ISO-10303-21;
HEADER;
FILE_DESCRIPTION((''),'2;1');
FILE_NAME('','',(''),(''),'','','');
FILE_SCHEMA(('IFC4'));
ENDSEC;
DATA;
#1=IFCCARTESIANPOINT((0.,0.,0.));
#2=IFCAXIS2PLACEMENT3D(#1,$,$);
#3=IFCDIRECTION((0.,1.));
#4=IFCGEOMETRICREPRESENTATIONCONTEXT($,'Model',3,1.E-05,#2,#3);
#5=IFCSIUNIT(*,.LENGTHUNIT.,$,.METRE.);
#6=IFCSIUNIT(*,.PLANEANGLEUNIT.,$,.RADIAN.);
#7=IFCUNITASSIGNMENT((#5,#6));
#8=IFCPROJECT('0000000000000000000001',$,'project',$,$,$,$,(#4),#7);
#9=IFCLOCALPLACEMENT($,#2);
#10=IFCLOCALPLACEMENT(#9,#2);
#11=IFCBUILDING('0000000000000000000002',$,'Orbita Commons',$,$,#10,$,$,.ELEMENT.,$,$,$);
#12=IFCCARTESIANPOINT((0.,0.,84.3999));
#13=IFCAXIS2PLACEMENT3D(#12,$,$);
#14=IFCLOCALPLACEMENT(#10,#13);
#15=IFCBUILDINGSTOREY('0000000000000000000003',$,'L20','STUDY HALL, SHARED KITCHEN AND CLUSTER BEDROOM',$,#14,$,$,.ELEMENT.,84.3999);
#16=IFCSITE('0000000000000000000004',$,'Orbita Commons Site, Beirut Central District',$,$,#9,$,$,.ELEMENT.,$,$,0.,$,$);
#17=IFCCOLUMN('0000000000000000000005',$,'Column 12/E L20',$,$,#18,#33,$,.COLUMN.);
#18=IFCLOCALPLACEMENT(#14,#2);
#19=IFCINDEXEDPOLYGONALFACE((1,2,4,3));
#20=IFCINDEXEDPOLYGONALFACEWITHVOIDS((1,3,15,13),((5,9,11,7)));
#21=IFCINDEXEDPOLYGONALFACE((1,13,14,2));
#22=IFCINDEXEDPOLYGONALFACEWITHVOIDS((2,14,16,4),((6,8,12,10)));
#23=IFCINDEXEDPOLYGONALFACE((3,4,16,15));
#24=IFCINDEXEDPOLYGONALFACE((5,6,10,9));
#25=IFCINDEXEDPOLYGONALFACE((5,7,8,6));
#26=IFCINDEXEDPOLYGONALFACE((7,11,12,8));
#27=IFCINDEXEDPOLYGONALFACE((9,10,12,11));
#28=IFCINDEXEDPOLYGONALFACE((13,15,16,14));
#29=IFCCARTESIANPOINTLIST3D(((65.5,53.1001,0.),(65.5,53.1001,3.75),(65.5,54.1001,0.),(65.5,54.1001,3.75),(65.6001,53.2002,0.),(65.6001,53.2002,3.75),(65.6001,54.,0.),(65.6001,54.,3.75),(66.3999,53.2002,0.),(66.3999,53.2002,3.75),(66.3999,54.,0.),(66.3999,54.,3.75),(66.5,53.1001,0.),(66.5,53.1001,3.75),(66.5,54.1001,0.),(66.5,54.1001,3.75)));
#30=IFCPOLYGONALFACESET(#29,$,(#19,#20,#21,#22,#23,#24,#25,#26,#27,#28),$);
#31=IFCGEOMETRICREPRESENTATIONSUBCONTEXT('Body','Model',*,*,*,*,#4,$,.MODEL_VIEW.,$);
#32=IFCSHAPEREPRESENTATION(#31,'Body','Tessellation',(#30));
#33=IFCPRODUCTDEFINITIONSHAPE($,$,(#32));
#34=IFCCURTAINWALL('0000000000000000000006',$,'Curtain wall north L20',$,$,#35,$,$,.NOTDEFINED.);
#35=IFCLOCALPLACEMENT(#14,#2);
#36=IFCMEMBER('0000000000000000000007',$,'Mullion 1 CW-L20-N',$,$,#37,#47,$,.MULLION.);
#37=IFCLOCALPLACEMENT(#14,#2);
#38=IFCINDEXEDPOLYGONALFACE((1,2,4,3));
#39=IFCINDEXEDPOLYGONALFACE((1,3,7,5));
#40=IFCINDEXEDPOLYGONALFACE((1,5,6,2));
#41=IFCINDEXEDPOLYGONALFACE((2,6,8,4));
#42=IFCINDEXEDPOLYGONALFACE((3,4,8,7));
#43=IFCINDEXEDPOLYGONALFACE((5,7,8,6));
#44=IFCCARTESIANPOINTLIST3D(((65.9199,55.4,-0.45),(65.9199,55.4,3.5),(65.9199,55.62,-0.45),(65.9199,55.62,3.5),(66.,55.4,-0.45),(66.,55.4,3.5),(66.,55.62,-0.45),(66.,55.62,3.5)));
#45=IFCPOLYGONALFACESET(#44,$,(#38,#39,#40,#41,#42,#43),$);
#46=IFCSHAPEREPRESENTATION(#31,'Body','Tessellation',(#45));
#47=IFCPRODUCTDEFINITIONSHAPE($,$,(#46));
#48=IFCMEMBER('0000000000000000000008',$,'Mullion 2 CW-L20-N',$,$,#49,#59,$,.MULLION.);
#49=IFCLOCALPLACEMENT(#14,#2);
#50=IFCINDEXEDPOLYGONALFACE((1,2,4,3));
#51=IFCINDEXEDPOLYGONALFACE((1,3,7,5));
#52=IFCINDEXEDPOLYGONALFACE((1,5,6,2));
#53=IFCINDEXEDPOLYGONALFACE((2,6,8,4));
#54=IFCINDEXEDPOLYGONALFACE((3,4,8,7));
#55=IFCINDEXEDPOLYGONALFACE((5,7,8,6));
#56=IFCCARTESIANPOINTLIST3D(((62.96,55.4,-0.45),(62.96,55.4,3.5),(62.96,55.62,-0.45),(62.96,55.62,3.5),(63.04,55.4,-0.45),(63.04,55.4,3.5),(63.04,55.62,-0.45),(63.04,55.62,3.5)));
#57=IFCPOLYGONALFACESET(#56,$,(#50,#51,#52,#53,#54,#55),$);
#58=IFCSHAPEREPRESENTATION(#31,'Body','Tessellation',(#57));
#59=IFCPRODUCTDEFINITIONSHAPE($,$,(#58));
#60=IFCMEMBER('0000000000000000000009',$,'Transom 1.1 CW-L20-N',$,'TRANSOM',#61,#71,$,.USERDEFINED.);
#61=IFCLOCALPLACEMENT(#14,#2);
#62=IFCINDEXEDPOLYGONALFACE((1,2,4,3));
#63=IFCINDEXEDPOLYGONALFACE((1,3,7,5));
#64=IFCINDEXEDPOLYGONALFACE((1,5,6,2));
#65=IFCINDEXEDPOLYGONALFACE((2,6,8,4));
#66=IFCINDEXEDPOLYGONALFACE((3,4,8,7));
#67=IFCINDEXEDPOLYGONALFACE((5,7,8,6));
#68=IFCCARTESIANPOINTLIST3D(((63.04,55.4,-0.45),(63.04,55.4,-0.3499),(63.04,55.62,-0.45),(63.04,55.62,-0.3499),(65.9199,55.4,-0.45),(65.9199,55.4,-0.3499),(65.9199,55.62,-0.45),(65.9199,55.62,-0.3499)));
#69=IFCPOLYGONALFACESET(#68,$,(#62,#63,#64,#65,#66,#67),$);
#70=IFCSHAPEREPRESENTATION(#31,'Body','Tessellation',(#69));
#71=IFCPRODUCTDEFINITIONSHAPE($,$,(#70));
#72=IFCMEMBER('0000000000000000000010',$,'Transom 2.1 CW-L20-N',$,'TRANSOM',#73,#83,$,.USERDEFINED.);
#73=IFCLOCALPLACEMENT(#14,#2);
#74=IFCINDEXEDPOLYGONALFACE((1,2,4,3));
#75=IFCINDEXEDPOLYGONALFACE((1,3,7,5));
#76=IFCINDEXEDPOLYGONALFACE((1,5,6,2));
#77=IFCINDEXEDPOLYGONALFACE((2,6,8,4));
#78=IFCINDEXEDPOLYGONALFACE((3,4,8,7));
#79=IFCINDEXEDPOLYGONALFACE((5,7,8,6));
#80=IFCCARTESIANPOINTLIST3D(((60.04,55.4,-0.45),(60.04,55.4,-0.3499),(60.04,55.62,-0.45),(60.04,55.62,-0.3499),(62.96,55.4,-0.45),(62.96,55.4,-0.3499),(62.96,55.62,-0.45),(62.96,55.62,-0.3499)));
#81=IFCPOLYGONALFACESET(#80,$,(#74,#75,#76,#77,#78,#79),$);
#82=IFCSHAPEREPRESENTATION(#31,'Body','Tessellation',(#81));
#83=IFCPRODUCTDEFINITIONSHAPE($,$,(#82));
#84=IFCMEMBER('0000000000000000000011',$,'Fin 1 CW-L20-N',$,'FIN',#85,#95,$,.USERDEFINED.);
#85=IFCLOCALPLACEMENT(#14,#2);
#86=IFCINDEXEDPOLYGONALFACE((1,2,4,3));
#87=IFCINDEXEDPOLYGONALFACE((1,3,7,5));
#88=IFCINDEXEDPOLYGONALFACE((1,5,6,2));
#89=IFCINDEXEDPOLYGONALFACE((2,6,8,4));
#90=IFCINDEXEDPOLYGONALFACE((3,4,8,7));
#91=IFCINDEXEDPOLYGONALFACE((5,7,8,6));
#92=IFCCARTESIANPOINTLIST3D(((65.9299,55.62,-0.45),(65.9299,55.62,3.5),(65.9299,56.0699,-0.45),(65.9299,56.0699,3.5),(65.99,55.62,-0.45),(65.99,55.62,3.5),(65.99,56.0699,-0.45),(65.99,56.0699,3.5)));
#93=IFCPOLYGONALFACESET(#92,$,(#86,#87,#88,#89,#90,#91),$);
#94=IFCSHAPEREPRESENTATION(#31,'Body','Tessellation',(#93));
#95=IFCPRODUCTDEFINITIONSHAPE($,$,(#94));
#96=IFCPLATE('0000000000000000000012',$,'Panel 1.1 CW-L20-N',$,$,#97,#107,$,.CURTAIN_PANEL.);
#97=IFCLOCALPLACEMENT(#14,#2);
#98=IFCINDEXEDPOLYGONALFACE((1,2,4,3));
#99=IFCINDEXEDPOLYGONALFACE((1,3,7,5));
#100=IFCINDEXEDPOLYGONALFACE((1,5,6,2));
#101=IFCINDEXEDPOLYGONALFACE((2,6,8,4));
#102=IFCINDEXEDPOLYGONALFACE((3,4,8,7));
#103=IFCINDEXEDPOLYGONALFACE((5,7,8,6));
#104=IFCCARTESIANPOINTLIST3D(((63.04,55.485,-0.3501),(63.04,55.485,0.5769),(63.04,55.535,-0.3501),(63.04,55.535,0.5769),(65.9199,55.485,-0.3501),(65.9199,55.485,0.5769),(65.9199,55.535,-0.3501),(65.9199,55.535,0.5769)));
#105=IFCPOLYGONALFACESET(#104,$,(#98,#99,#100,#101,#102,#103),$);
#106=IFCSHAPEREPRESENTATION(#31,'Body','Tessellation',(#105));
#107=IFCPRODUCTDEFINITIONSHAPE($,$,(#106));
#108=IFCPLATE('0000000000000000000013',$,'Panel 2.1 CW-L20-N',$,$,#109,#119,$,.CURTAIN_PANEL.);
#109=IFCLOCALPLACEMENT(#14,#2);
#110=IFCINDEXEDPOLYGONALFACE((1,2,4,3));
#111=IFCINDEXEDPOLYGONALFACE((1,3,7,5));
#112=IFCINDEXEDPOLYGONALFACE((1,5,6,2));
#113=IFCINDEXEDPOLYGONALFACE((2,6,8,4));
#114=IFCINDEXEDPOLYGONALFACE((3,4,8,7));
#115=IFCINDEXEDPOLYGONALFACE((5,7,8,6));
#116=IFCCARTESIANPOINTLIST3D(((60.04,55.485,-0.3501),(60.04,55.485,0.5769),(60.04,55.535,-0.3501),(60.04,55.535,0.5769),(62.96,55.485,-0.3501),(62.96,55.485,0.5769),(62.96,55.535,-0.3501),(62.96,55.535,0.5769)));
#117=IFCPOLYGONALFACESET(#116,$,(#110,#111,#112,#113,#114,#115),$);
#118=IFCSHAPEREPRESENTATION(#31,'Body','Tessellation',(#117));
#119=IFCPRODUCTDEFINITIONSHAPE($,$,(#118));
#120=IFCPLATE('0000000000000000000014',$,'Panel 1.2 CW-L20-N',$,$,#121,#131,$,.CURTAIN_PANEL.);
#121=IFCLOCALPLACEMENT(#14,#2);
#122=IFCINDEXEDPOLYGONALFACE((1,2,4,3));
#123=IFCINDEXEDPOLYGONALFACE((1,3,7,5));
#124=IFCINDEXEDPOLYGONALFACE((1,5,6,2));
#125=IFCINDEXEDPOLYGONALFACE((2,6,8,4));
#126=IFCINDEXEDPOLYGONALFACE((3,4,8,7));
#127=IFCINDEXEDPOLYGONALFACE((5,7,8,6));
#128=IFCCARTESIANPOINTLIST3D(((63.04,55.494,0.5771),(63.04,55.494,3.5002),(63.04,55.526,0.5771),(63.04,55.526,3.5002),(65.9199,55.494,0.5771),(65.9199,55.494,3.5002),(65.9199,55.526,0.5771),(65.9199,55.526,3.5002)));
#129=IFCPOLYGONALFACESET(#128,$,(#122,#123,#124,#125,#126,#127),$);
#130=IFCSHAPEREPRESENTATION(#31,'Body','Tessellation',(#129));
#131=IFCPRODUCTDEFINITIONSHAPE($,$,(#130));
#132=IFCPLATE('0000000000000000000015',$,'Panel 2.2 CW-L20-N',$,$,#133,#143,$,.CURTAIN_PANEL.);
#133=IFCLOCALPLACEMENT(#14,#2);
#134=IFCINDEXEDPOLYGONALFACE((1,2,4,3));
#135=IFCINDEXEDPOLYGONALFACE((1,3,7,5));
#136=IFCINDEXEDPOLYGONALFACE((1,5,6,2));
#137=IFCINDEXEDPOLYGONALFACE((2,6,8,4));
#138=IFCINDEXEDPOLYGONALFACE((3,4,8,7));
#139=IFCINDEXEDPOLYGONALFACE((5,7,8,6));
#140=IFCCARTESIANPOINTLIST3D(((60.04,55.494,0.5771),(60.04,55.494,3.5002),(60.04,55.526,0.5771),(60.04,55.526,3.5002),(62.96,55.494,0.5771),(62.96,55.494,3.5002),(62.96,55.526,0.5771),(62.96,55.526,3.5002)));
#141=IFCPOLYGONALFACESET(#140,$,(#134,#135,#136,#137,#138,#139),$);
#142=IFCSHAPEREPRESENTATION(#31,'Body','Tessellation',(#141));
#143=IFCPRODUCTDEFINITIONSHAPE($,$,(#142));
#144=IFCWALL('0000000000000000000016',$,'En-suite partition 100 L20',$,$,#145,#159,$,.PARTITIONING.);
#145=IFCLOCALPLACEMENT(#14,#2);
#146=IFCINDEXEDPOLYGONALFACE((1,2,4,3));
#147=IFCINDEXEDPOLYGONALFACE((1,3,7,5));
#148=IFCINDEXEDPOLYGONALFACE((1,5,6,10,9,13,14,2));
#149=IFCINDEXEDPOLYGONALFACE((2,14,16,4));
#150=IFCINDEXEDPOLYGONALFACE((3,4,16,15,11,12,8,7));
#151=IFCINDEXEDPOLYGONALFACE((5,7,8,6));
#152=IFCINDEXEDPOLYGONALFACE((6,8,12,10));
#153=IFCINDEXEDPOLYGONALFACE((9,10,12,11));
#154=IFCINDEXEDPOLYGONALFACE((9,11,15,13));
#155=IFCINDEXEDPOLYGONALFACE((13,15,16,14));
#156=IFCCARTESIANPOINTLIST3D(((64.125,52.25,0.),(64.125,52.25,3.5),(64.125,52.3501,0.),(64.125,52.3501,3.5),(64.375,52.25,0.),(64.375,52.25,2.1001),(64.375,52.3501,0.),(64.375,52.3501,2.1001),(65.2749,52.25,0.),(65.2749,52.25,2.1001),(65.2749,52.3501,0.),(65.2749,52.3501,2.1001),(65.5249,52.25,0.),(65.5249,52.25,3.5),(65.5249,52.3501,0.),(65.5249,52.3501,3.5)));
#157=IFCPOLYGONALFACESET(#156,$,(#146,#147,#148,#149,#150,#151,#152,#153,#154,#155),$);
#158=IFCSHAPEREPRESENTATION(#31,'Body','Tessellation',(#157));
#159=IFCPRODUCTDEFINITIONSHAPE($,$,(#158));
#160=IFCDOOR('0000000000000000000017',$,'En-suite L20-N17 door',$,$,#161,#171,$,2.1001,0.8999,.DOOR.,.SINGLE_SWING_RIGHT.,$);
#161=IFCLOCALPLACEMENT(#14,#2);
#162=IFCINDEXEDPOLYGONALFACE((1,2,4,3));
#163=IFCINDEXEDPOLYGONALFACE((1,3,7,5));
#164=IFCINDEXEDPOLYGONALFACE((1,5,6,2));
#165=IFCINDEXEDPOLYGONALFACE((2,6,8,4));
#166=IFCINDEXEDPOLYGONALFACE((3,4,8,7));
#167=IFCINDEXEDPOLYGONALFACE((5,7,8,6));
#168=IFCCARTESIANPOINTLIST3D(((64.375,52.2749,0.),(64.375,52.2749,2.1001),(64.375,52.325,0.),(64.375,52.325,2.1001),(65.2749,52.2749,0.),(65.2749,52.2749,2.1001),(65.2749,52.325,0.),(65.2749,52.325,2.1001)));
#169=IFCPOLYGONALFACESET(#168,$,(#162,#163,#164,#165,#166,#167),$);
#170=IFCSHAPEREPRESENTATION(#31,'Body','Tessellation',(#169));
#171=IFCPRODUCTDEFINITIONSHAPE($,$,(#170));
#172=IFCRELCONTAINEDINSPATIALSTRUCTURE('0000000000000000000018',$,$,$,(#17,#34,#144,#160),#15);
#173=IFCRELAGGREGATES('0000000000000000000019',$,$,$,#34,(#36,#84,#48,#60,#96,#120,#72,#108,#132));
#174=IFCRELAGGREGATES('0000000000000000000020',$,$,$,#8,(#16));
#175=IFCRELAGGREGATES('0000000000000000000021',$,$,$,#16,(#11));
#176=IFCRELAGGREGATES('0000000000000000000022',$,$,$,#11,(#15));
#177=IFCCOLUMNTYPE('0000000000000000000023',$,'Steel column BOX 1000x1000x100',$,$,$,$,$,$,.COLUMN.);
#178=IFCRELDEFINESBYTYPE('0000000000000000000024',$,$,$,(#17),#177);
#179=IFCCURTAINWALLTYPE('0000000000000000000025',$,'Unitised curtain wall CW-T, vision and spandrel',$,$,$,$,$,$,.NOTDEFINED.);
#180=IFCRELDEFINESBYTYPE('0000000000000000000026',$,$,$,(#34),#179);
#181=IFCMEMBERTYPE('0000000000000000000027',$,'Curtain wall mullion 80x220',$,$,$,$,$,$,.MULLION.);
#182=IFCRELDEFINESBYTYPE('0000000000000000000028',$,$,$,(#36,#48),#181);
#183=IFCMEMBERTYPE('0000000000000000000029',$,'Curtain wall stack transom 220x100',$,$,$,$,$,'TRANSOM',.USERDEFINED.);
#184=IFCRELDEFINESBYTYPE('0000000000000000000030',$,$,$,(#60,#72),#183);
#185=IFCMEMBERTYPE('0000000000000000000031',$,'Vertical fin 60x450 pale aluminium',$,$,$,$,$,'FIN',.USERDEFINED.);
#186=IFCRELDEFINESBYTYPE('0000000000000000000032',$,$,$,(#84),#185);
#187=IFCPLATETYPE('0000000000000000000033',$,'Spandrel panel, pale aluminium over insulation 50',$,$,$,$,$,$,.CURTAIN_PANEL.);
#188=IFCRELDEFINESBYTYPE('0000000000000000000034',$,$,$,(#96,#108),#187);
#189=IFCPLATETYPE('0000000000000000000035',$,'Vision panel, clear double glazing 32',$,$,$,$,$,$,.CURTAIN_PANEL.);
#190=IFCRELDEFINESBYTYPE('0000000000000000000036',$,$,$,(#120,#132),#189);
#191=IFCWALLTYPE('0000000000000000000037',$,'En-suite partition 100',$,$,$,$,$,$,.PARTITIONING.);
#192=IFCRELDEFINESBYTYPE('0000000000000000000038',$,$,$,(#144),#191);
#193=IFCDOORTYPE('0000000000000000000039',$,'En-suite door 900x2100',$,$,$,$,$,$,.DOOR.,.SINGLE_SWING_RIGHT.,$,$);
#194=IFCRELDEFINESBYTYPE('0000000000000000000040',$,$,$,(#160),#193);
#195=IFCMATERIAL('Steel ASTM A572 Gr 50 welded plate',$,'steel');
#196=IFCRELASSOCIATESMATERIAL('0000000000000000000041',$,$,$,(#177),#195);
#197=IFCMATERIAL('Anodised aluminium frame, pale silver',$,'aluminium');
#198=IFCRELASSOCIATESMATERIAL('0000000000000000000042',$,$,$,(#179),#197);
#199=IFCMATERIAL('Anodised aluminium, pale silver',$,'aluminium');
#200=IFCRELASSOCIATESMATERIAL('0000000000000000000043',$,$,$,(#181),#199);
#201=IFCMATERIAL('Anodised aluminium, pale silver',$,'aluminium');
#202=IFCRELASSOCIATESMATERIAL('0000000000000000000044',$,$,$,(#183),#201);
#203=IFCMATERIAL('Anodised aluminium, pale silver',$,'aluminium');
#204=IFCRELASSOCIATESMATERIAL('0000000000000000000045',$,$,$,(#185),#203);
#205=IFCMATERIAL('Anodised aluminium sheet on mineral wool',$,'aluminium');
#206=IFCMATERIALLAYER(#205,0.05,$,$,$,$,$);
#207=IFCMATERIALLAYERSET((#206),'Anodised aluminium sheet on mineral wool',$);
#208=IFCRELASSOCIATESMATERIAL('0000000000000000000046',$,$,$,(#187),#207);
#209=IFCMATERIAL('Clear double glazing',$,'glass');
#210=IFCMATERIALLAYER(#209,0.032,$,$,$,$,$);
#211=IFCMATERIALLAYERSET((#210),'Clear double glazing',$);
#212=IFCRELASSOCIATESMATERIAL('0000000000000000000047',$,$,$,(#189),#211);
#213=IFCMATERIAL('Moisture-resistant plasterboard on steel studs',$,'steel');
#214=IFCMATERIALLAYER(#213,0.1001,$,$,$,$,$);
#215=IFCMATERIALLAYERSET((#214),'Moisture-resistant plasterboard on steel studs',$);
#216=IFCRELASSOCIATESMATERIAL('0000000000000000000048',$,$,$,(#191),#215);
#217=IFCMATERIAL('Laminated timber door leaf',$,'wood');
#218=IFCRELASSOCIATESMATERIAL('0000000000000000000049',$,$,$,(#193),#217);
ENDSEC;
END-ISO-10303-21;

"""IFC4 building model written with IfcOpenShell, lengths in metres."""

from ifc_helpers import new_model, si_unit, direction, frame, frame_2d, origin, origin_2d, place, context, subcontext, project, spatial, rectangle, hollow_rectangle, extrude, material, layer, layer_set, material_profile, profile_set, type_object, element, fill, aggregate, save


model = new_model("IFC4")

# Units and contexts
model_context = context("Model", 3, precision=1e-05, world=origin(), true_north=direction((0.0, 1.0)))
body_context = subcontext(model_context, "Body", "Model", "MODEL_VIEW")
ifc_project = project(units=[si_unit("LENGTHUNIT", "METRE"), si_unit("PLANEANGLEUNIT", "RADIAN")], contexts=[model_context])

# Site, building, storey
site_placement = place(None, origin())
site = spatial("IfcSite", under=ifc_project, at=site_placement, Name="Orbita Commons Site, Beirut Central District", CompositionType="ELEMENT", RefElevation=0.0)
building_placement = place(site_placement, origin())
building = spatial("IfcBuilding", under=site, at=building_placement, Name="Orbita Commons", CompositionType="ELEMENT")
storey_placement = place(building_placement, frame((0.0, 0.0, 84.3999)))
storey = spatial("IfcBuildingStorey", under=building, at=storey_placement, Name="L20", Description="STUDY HALL, SHARED KITCHEN AND CLUSTER BEDROOM", CompositionType="ELEMENT", Elevation=84.3999)

# Column
ifc_material_1 = material(Name="Steel ASTM A572 Gr 50 welded plate", Category="steel")
ifc_material_profile_1 = material_profile(ifc_material_1, hollow_rectangle(XDim=1.0, YDim=1.0, WallThickness=0.1001, at=origin_2d()), Name="BOX 1000x1000x100")
ifc_profile_set_1 = profile_set([ifc_material_profile_1], Name="Steel ASTM A572 Gr 50 welded plate")
column_type = type_object("IfcColumnType", Name="Steel column BOX 1000x1000x100", PredefinedType="COLUMN", material=ifc_profile_set_1)
column_placement = place(storey_placement, frame((66.0, 53.6001, 0.0), z_axis=(0.0, 0.0, 1.0), x_axis=(1.0, 0.0, 0.0)))
element("IfcColumn", 1, at=column_placement, inside=storey, type_object=column_type, Name="Column 12/E L20", PredefinedType="COLUMN", context=body_context, shape_type="SweptSolid", body=[
    extrude(hollow_rectangle(XDim=1.0, YDim=1.0, WallThickness=0.1001, at=origin_2d()), origin(), (0.0, 0.0, 1.0), 3.75),
])

# Curtain wall, members, plates
ifc_material_2 = material(Name="Anodised aluminium frame, pale silver", Category="aluminium")
curtain_wall_type = type_object("IfcCurtainWallType", Name="Unitised curtain wall CW-T, vision and spandrel", PredefinedType="NOTDEFINED", material=ifc_material_2)
curtain_wall_placement = place(storey_placement, origin())
curtain_wall = element("IfcCurtainWall", 2, at=curtain_wall_placement, inside=storey, type_object=curtain_wall_type, Name="Curtain wall north L20", PredefinedType="NOTDEFINED")
ifc_material_3 = material(Name="Anodised aluminium, pale silver", Category="aluminium")
ifc_material_profile_2 = material_profile(ifc_material_3, rectangle(XDim=0.0801, YDim=0.22, at=origin_2d()), Name="AL 80x220")
ifc_profile_set_2 = profile_set([ifc_material_profile_2], Name="Anodised aluminium, pale silver")
member_type_1 = type_object("IfcMemberType", Name="Curtain wall mullion 80x220", PredefinedType="MULLION", material=ifc_profile_set_2)
member_1_placement = place(storey_placement, frame((65.96, 55.51, -0.45), z_axis=(0.0, 0.0, 1.0), x_axis=(-1.0, 0.0, 0.0)))
member_1 = element("IfcMember", 3, at=member_1_placement, type_object=member_type_1, Name="Mullion 1 CW-L20-N", PredefinedType="MULLION", context=body_context, shape_type="SweptSolid", body=[
    extrude(rectangle(XDim=0.0801, YDim=0.22, at=origin_2d()), origin(), (0.0, 0.0, 1.0), 3.95),
])
member_2_placement = place(storey_placement, frame((63.0, 55.51, -0.45), z_axis=(0.0, 0.0, 1.0), x_axis=(-1.0, 0.0, 0.0)))
member_2 = element("IfcMember", 4, at=member_2_placement, type_object=member_type_1, Name="Mullion 2 CW-L20-N", PredefinedType="MULLION", context=body_context, shape_type="SweptSolid", body=[
    extrude(rectangle(XDim=0.0801, YDim=0.22, at=origin_2d()), origin(), (0.0, 0.0, 1.0), 3.95),
])
ifc_material_4 = material(Name="Anodised aluminium, pale silver", Category="aluminium")
ifc_material_profile_3 = material_profile(ifc_material_4, rectangle(XDim=0.22, YDim=0.1001, at=origin_2d()), Name="AL 220x100")
ifc_profile_set_3 = profile_set([ifc_material_profile_3], Name="Anodised aluminium, pale silver")
member_type_2 = type_object("IfcMemberType", Name="Curtain wall stack transom 220x100", ElementType="TRANSOM", PredefinedType="USERDEFINED", material=ifc_profile_set_3)
member_3_placement = place(storey_placement, frame((65.9199, 55.51, -0.3999), z_axis=(-1.0, 0.0, 0.0), x_axis=(0.0, -1.0, 0.0)))
member_3 = element("IfcMember", 5, at=member_3_placement, type_object=member_type_2, Name="Transom 1.1 CW-L20-N", ObjectType="TRANSOM", PredefinedType="USERDEFINED", context=body_context, shape_type="SweptSolid", body=[
    extrude(rectangle(XDim=0.22, YDim=0.1001, at=origin_2d()), origin(), (0.0, 0.0, 1.0), 2.8799),
])
member_4_placement = place(storey_placement, frame((62.96, 55.51, -0.3999), z_axis=(-1.0, 0.0, 0.0), x_axis=(0.0, -1.0, 0.0)))
member_4 = element("IfcMember", 6, at=member_4_placement, type_object=member_type_2, Name="Transom 2.1 CW-L20-N", ObjectType="TRANSOM", PredefinedType="USERDEFINED", context=body_context, shape_type="SweptSolid", body=[
    extrude(rectangle(XDim=0.22, YDim=0.1001, at=origin_2d()), origin(), (0.0, 0.0, 1.0), 2.9199),
])
ifc_material_5 = material(Name="Anodised aluminium, pale silver", Category="aluminium")
ifc_material_profile_4 = material_profile(ifc_material_5, rectangle(XDim=0.0601, YDim=0.45, at=origin_2d()), Name="FIN 60x450")
ifc_profile_set_4 = profile_set([ifc_material_profile_4], Name="Anodised aluminium, pale silver")
member_type_3 = type_object("IfcMemberType", Name="Vertical fin 60x450 pale aluminium", ElementType="FIN", PredefinedType="USERDEFINED", material=ifc_profile_set_4)
member_5_placement = place(storey_placement, frame((65.96, 55.845, -0.45), z_axis=(0.0, 0.0, 1.0), x_axis=(-1.0, 0.0, 0.0)))
member_5 = element("IfcMember", 7, at=member_5_placement, type_object=member_type_3, Name="Fin 1 CW-L20-N", ObjectType="FIN", PredefinedType="USERDEFINED", context=body_context, shape_type="SweptSolid", body=[
    extrude(rectangle(XDim=0.0601, YDim=0.45, at=origin_2d()), origin(), (0.0, 0.0, 1.0), 3.95),
])
ifc_material_6 = material(Name="Anodised aluminium sheet on mineral wool", Category="aluminium")
ifc_layer_1 = layer(ifc_material_6, 0.05)
ifc_layer_set_1 = layer_set([ifc_layer_1], Name="Anodised aluminium sheet on mineral wool")
plate_type_1 = type_object("IfcPlateType", Name="Spandrel panel, pale aluminium over insulation 50", PredefinedType="CURTAIN_PANEL", material=ifc_layer_set_1)
plate_1_placement = place(storey_placement, frame((64.48, 55.51, -0.3501), z_axis=(0.0, 0.0, 1.0), x_axis=(-1.0, 0.0, 0.0)))
plate_1 = element("IfcPlate", 8, at=plate_1_placement, type_object=plate_type_1, Name="Panel 1.1 CW-L20-N", PredefinedType="CURTAIN_PANEL", context=body_context, shape_type="SweptSolid", body=[
    extrude(rectangle(XDim=2.8799, YDim=0.05, at=origin_2d()), origin(), (0.0, 0.0, 1.0), 0.927),
])
plate_2_placement = place(storey_placement, frame((61.5, 55.51, -0.3501), z_axis=(0.0, 0.0, 1.0), x_axis=(-1.0, 0.0, 0.0)))
plate_2 = element("IfcPlate", 9, at=plate_2_placement, type_object=plate_type_1, Name="Panel 2.1 CW-L20-N", PredefinedType="CURTAIN_PANEL", context=body_context, shape_type="SweptSolid", body=[
    extrude(rectangle(XDim=2.9199, YDim=0.05, at=origin_2d()), origin(), (0.0, 0.0, 1.0), 0.927),
])
ifc_material_7 = material(Name="Clear double glazing", Category="glass")
ifc_layer_2 = layer(ifc_material_7, 0.032)
ifc_layer_set_2 = layer_set([ifc_layer_2], Name="Clear double glazing")
plate_type_2 = type_object("IfcPlateType", Name="Vision panel, clear double glazing 32", PredefinedType="CURTAIN_PANEL", material=ifc_layer_set_2)
plate_3_placement = place(storey_placement, frame((64.48, 55.51, 0.5771), z_axis=(0.0, 0.0, 1.0), x_axis=(-1.0, 0.0, 0.0)))
plate_3 = element("IfcPlate", 10, at=plate_3_placement, type_object=plate_type_2, Name="Panel 1.2 CW-L20-N", PredefinedType="CURTAIN_PANEL", context=body_context, shape_type="SweptSolid", body=[
    extrude(rectangle(XDim=2.8799, YDim=0.032, at=origin_2d()), origin(), (0.0, 0.0, 1.0), 2.9231),
])
plate_4_placement = place(storey_placement, frame((61.5, 55.51, 0.5771), z_axis=(0.0, 0.0, 1.0), x_axis=(-1.0, 0.0, 0.0)))
plate_4 = element("IfcPlate", 11, at=plate_4_placement, type_object=plate_type_2, Name="Panel 2.2 CW-L20-N", PredefinedType="CURTAIN_PANEL", context=body_context, shape_type="SweptSolid", body=[
    extrude(rectangle(XDim=2.9199, YDim=0.032, at=origin_2d()), origin(), (0.0, 0.0, 1.0), 2.9231),
])
aggregate(curtain_wall, [member_1, member_5, member_2, member_3, plate_1, plate_3, member_4, plate_2, plate_4])

# Wall, opening, door
ifc_material_8 = material(Name="Moisture-resistant plasterboard on steel studs", Category="steel")
ifc_layer_3 = layer(ifc_material_8, 0.1001)
ifc_layer_set_3 = layer_set([ifc_layer_3], Name="Moisture-resistant plasterboard on steel studs")
wall_type_1 = type_object("IfcWallType", Name="En-suite partition 100", PredefinedType="PARTITIONING", material=ifc_layer_set_3)
wall_1_placement = place(storey_placement, frame((64.125, 52.3, 0.0), z_axis=(0.0, 0.0, 1.0), x_axis=(1.0, 0.0, 0.0)))
wall_1 = element("IfcWall", 12, at=wall_1_placement, inside=storey, type_object=wall_type_1, Name="En-suite partition 100 L20", PredefinedType="PARTITIONING", context=body_context, shape_type="SweptSolid", body=[
    extrude(rectangle(XDim=1.3999, YDim=0.1001, at=frame_2d((0.7, 0.0))), origin(), (0.0, 0.0, 1.0), 3.5),
])
opening_1_placement = place(wall_1_placement, frame((0.25, 0.0, 0.0)))
opening_1 = element("IfcOpeningElement", 13, at=opening_1_placement, cuts=wall_1, PredefinedType="OPENING", context=body_context, shape_type="SweptSolid", body=[
    extrude(rectangle(XDim=0.8999, YDim=2.1001, at=frame_2d((0.45, 1.05))), frame((0.0, 0.0601, 0.0), z_axis=(0.0, -1.0, 0.0), x_axis=(1.0, 0.0, 0.0)), (0.0, 0.0, 1.0), 0.1201),
])
ifc_material_9 = material(Name="Laminated timber door leaf", Category="wood")
door_type = type_object("IfcDoorType", Name="En-suite door 900x2100", OperationType="SINGLE_SWING_RIGHT", PredefinedType="DOOR", material=ifc_material_9)
door_placement = place(opening_1_placement, origin())
door = element("IfcDoor", 14, at=door_placement, inside=storey, type_object=door_type, Name="En-suite L20-N17 door", OperationType="SINGLE_SWING_RIGHT", OverallHeight=2.1001, OverallWidth=0.8999, PredefinedType="DOOR", context=body_context, shape_type="SweptSolid", body=[
    extrude(rectangle(XDim=0.8999, YDim=2.1001, at=frame_2d((0.45, 1.05))), frame((0.0, 0.0249, 0.0), z_axis=(0.0, -1.0, 0.0), x_axis=(1.0, 0.0, 0.0)), (0.0, 0.0, 1.0), 0.05),
])
fill(opening_1, door)

save(model, "model.ifc")
